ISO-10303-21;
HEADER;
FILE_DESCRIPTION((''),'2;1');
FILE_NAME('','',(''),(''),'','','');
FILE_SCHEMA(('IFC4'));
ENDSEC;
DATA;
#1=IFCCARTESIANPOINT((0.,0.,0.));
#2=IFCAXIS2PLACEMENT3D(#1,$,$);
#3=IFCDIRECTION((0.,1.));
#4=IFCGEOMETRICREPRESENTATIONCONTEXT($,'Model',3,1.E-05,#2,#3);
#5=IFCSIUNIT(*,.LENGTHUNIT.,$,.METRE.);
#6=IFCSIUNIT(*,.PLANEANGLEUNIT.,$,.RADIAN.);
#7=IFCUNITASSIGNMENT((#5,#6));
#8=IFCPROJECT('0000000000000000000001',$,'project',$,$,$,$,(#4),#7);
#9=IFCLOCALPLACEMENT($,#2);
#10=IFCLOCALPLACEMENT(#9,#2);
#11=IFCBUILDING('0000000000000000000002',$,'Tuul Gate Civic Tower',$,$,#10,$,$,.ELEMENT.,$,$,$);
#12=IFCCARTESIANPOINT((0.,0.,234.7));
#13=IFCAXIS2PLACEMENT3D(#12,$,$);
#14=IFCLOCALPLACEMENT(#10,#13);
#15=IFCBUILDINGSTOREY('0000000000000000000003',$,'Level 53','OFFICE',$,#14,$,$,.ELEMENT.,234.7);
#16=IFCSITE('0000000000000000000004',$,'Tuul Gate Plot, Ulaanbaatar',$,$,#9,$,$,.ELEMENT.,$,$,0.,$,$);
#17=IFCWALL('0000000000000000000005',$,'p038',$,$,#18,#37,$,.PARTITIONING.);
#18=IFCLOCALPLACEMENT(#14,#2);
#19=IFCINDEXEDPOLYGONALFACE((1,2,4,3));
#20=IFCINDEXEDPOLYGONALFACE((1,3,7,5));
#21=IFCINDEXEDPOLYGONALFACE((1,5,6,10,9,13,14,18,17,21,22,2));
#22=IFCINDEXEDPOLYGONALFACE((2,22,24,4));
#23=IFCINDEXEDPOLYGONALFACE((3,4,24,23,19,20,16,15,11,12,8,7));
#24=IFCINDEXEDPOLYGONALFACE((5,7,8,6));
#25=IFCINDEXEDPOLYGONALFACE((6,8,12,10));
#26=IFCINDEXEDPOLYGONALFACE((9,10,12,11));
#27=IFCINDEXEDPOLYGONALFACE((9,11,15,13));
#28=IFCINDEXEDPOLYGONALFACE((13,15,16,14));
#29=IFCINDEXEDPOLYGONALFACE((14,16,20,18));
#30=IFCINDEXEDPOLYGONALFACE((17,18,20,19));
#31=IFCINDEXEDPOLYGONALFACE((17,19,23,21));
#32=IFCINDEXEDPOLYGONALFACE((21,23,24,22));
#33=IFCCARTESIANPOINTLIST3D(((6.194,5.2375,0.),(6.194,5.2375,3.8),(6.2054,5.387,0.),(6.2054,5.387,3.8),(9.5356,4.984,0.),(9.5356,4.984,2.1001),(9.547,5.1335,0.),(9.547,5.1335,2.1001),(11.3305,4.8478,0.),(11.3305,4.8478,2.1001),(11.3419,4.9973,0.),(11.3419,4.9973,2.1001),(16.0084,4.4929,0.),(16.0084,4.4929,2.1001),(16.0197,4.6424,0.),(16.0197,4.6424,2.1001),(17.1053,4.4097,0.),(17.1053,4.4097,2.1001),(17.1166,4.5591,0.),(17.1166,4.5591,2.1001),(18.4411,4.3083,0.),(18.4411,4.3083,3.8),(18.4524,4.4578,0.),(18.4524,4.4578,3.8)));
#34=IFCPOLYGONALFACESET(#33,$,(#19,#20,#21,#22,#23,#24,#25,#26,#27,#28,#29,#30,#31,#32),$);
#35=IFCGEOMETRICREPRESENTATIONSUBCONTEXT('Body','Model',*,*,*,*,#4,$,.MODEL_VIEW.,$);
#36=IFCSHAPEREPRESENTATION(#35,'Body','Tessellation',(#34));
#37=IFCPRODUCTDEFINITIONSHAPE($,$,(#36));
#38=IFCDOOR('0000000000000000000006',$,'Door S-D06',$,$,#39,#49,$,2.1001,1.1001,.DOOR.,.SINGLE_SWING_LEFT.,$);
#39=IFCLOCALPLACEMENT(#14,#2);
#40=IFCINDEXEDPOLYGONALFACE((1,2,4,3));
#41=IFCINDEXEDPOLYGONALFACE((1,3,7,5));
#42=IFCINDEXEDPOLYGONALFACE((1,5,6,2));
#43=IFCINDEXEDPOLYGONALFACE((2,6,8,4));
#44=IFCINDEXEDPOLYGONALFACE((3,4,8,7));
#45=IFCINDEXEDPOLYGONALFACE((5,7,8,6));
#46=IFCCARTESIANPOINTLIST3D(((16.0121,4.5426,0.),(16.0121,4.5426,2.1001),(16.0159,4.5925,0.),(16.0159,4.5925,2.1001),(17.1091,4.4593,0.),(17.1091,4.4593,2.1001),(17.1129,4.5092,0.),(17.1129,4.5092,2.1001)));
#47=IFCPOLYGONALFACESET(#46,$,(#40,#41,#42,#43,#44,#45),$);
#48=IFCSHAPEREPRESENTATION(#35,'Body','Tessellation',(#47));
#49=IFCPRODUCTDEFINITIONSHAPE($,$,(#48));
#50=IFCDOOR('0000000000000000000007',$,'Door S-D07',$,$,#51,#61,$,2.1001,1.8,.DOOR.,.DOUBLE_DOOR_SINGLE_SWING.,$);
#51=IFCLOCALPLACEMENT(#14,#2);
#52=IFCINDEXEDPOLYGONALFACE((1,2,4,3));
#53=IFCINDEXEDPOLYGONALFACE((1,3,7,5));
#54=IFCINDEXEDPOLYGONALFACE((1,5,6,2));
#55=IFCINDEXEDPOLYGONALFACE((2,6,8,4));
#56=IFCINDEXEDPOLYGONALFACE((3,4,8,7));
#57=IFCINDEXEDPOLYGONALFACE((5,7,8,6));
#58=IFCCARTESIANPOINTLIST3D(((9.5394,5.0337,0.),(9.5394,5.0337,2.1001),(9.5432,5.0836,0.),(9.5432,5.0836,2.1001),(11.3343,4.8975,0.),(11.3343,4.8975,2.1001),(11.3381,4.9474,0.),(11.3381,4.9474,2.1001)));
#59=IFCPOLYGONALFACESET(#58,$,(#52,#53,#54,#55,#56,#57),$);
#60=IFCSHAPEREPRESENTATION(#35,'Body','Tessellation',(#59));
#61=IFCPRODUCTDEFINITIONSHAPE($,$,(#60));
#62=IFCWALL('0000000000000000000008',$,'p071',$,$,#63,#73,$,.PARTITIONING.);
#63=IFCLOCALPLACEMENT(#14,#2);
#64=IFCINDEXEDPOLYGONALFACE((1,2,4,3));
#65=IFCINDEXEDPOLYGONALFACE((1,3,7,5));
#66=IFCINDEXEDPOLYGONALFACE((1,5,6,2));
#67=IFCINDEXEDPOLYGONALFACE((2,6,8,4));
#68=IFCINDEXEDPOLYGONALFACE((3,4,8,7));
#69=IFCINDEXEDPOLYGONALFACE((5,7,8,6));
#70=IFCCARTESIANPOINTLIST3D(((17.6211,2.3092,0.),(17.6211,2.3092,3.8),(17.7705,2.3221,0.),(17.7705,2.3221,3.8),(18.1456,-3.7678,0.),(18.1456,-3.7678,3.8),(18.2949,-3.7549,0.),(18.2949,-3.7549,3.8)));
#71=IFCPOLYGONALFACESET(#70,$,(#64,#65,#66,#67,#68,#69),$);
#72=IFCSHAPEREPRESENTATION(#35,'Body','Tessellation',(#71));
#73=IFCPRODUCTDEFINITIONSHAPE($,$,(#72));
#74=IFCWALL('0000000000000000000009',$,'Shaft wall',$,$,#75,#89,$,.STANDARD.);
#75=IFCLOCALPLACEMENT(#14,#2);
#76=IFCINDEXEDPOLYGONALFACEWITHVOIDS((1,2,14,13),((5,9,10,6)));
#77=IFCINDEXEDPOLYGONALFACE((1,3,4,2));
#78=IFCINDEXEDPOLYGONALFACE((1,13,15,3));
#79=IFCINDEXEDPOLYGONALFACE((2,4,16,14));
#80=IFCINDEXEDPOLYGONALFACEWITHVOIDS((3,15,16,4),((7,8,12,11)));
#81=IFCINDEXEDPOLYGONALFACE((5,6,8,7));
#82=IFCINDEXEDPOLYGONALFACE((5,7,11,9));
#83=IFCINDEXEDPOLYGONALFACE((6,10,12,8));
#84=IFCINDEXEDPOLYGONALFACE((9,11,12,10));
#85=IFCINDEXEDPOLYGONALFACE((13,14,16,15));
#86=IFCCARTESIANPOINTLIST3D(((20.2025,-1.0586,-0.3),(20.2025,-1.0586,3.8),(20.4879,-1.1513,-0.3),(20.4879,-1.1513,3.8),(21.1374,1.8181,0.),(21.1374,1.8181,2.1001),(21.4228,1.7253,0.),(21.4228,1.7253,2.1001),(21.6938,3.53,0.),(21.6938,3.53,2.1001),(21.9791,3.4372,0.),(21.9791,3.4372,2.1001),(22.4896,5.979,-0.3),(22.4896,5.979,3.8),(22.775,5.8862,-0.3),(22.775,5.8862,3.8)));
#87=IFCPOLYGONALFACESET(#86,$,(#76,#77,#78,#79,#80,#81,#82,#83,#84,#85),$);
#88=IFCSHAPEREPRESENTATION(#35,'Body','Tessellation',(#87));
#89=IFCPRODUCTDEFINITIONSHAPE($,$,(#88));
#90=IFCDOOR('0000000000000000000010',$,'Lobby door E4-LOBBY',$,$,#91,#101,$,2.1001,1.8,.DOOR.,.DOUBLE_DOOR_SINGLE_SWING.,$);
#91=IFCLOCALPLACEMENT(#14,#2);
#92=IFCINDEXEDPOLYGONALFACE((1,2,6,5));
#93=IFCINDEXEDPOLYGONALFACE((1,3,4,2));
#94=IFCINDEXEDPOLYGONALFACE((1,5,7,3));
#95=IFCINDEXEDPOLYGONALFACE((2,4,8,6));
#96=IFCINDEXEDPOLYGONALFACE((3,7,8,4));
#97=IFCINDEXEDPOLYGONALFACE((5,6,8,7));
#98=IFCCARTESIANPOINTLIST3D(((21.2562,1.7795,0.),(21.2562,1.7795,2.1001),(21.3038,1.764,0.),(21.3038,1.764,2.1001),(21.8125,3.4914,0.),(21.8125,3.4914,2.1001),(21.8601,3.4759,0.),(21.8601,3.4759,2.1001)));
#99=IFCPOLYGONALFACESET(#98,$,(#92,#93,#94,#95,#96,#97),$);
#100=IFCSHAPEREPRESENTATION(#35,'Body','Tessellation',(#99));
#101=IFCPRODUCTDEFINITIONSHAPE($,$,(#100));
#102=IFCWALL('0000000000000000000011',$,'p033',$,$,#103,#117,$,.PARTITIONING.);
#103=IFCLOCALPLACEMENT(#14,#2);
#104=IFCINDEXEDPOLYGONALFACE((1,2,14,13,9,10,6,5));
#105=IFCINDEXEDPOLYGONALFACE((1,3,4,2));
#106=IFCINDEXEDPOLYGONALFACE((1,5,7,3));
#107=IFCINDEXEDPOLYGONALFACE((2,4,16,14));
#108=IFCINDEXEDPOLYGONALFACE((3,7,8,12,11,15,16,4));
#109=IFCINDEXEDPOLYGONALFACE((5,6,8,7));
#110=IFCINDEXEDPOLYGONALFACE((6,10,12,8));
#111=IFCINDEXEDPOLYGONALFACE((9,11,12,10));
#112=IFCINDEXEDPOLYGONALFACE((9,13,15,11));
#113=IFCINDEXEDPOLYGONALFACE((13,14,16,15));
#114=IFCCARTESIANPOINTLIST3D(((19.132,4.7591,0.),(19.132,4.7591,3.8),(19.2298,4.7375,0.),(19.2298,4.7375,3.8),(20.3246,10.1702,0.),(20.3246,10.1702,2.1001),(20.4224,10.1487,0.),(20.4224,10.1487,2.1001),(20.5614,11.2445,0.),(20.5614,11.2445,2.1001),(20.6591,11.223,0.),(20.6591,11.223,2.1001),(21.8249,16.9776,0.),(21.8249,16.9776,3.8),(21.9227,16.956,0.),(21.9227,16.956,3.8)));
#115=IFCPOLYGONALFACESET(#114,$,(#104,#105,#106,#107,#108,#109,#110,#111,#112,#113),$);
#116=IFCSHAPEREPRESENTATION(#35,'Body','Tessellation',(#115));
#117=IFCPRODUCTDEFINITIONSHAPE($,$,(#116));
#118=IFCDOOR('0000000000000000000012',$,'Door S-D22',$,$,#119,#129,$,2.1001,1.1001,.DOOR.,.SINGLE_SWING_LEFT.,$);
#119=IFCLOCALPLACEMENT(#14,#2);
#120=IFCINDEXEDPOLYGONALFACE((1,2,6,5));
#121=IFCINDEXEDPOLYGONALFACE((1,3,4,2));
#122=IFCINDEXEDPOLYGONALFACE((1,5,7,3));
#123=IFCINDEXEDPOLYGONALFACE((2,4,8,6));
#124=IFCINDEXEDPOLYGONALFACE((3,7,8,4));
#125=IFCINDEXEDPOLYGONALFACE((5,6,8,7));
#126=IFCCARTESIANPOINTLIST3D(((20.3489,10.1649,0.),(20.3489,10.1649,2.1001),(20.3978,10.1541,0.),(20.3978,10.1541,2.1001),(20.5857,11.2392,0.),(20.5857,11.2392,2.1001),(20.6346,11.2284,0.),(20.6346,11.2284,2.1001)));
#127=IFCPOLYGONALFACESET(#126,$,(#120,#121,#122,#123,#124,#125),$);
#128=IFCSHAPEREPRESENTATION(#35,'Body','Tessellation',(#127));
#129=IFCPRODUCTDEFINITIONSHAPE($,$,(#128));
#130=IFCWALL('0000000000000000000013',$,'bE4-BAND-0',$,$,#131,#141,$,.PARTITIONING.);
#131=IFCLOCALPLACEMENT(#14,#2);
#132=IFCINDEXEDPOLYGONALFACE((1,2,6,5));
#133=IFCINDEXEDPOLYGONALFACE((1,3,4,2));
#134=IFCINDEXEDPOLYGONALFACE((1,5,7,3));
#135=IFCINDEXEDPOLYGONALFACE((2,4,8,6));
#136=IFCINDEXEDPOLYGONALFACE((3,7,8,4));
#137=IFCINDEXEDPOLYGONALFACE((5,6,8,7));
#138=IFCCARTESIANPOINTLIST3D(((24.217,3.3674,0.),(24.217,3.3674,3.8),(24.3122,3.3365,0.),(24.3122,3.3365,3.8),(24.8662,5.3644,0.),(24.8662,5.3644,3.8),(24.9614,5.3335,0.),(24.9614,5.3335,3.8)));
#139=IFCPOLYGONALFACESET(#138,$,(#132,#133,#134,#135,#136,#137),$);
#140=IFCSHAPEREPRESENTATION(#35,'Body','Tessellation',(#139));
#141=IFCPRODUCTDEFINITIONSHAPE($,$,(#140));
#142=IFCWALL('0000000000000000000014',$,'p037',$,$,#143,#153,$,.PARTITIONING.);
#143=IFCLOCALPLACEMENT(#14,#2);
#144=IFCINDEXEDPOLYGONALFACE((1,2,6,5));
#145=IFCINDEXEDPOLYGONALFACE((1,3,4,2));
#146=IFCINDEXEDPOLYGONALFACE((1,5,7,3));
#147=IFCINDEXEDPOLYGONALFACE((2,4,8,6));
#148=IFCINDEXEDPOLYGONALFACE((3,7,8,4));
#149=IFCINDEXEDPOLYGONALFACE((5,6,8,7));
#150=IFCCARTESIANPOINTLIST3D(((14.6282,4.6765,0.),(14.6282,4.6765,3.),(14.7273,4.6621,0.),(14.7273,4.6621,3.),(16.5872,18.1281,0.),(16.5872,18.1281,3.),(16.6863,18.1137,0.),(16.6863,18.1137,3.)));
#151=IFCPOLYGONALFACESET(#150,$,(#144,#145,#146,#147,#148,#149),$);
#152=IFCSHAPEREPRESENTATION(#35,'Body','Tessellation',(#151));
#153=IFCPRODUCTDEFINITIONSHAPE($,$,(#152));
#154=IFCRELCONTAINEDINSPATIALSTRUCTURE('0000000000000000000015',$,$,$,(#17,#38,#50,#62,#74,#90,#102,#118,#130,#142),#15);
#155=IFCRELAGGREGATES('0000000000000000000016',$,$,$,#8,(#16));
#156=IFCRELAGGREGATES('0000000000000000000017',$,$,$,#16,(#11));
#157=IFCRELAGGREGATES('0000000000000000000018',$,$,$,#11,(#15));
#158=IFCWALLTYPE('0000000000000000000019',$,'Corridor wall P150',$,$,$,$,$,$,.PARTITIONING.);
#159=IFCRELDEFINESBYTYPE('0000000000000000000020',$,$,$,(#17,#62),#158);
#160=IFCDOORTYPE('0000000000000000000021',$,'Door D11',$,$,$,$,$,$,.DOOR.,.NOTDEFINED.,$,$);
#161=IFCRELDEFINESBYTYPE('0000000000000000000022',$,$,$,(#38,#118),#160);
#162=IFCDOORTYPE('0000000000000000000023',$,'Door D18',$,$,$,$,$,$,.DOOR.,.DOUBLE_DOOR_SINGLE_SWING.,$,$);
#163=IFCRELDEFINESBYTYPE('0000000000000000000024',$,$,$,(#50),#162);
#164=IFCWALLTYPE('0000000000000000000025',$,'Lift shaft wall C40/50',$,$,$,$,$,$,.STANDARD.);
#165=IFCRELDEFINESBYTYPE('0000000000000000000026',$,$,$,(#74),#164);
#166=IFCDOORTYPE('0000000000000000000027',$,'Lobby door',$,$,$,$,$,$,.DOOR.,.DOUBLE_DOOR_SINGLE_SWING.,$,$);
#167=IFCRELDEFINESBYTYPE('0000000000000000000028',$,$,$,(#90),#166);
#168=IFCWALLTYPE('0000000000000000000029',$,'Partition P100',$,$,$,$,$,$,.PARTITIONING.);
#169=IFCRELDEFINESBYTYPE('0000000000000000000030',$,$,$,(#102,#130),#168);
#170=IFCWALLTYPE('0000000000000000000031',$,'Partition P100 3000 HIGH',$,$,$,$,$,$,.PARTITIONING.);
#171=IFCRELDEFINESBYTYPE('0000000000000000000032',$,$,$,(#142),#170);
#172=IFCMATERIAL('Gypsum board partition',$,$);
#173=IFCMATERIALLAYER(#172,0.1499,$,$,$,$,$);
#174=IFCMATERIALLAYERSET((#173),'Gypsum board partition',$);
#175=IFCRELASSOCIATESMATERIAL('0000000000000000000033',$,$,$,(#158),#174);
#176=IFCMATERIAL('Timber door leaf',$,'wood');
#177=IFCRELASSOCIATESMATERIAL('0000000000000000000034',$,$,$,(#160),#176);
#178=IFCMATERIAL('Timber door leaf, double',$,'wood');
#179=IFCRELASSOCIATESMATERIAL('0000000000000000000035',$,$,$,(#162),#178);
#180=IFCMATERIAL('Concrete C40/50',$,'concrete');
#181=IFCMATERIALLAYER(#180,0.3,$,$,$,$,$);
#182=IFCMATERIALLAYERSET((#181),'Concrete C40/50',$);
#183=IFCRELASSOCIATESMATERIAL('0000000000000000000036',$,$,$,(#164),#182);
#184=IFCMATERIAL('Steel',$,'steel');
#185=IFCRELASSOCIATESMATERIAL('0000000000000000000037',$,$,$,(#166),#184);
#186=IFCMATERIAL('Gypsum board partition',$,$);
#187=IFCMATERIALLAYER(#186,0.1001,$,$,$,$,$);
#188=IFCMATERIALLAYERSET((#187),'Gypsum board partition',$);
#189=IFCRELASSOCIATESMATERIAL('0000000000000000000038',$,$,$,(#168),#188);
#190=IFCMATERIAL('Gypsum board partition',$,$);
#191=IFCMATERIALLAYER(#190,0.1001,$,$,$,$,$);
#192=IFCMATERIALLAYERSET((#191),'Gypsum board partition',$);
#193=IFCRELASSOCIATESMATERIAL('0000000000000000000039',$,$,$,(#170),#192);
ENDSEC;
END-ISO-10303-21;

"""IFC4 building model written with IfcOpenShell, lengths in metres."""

from ifc_helpers import new_model, si_unit, direction, frame, frame_2d, origin, place, context, subcontext, project, spatial, rectangle, extrude, material, layer, layer_set, type_object, element, fill, save


model = new_model("IFC4")

# Units and contexts
model_context = context("Model", 3, precision=1e-05, world=origin(), true_north=direction((0.0, 1.0)))
body_context = subcontext(model_context, "Body", "Model", "MODEL_VIEW")
ifc_project = project(units=[si_unit("LENGTHUNIT", "METRE"), si_unit("PLANEANGLEUNIT", "RADIAN")], contexts=[model_context])

# Site, building, storey
site_placement = place(None, origin())
site = spatial("IfcSite", under=ifc_project, at=site_placement, Name="Tuul Gate Plot, Ulaanbaatar", CompositionType="ELEMENT", RefElevation=0.0)
building_placement = place(site_placement, origin())
building = spatial("IfcBuilding", under=site, at=building_placement, Name="Tuul Gate Civic Tower", CompositionType="ELEMENT")
storey_placement = place(building_placement, frame((0.0, 0.0, 234.7)))
storey = spatial("IfcBuildingStorey", under=building, at=storey_placement, Name="Level 53", Description="OFFICE", CompositionType="ELEMENT", Elevation=234.7)

# Shared definitions
ifc_material_1 = material(Name="Gypsum board partition")
ifc_layer_1 = layer(ifc_material_1, 0.1499)
ifc_layer_set_1 = layer_set([ifc_layer_1], Name="Gypsum board partition")
wall_type_1 = type_object("IfcWallType", Name="Corridor wall P150", PredefinedType="PARTITIONING", material=ifc_layer_set_1)
ifc_material_2 = material(Name="Timber door leaf", Category="wood")
door_type_1 = type_object("IfcDoorType", Name="Door D11", OperationType="NOTDEFINED", PredefinedType="DOOR", material=ifc_material_2)

# Wall, openings, doors
wall_1_placement = place(storey_placement, frame((6.1997, 5.3123, 0.0), z_axis=(0.0, 0.0, 1.0), x_axis=(0.997134, -0.075654, 0.0)))
wall_1 = element("IfcWall", 1, at=wall_1_placement, inside=storey, type_object=wall_type_1, Name="p038", PredefinedType="PARTITIONING", context=body_context, shape_type="SweptSolid", body=[
    extrude(rectangle(XDim=12.2822, YDim=0.1499, at=frame_2d((6.1411, 0.0))), origin(), (0.0, 0.0, 1.0), 3.8),
])
opening_1_placement = place(wall_1_placement, frame((9.8425, 0.0, 0.0)))
opening_1 = element("IfcOpeningElement", 2, at=opening_1_placement, cuts=wall_1, PredefinedType="OPENING", context=body_context, shape_type="SweptSolid", body=[
    extrude(rectangle(XDim=1.1001, YDim=2.1001, at=frame_2d((0.55, 1.05))), frame((0.0, 0.085, 0.0), z_axis=(0.0, -1.0, 0.0), x_axis=(1.0, 0.0, 0.0)), (0.0, 0.0, 1.0), 0.1699),
])
opening_2_placement = place(wall_1_placement, frame((3.3513, 0.0, 0.0)))
opening_2 = element("IfcOpeningElement", 3, at=opening_2_placement, cuts=wall_1, PredefinedType="OPENING", context=body_context, shape_type="SweptSolid", body=[
    extrude(rectangle(XDim=1.8, YDim=2.1001, at=frame_2d((0.8999, 1.05))), frame((0.0, 0.085, 0.0), z_axis=(0.0, -1.0, 0.0), x_axis=(1.0, 0.0, 0.0)), (0.0, 0.0, 1.0), 0.1699),
])
door_1_placement = place(opening_1_placement, origin())
door_1 = element("IfcDoor", 4, at=door_1_placement, inside=storey, type_object=door_type_1, Name="Door S-D06", OperationType="SINGLE_SWING_LEFT", OverallHeight=2.1001, OverallWidth=1.1001, PredefinedType="DOOR", context=body_context, shape_type="SweptSolid", body=[
    extrude(rectangle(XDim=1.1001, YDim=2.1001, at=frame_2d((0.55, 1.05))), frame((0.0, 0.0249, 0.0), z_axis=(0.0, -1.0, 0.0), x_axis=(1.0, 0.0, 0.0)), (0.0, 0.0, 1.0), 0.05),
])
fill(opening_1, door_1)
ifc_material_3 = material(Name="Timber door leaf, double", Category="wood")
door_type_2 = type_object("IfcDoorType", Name="Door D18", OperationType="DOUBLE_DOOR_SINGLE_SWING", PredefinedType="DOOR", material=ifc_material_3)
door_2_placement = place(opening_2_placement, origin())
door_2 = element("IfcDoor", 5, at=door_2_placement, inside=storey, type_object=door_type_2, Name="Door S-D07", OperationType="DOUBLE_DOOR_SINGLE_SWING", OverallHeight=2.1001, OverallWidth=1.8, PredefinedType="DOOR", context=body_context, shape_type="SweptSolid", body=[
    extrude(rectangle(XDim=1.8, YDim=2.1001, at=frame_2d((0.8999, 1.05))), frame((0.0, 0.0249, 0.0), z_axis=(0.0, -1.0, 0.0), x_axis=(1.0, 0.0, 0.0)), (0.0, 0.0, 1.0), 0.05),
])
fill(opening_2, door_2)

# Wall
wall_2_placement = place(storey_placement, frame((17.6958, 2.3157, 0.0), z_axis=(0.0, 0.0, 1.0), x_axis=(0.085977, -0.996297, 0.0)))
element("IfcWall", 6, at=wall_2_placement, inside=storey, type_object=wall_type_1, Name="p071", PredefinedType="PARTITIONING", context=body_context, shape_type="SweptSolid", body=[
    extrude(rectangle(XDim=6.0996, YDim=0.1499, at=frame_2d((3.0498, 0.0))), origin(), (0.0, 0.0, 1.0), 3.8),
])

# Walls, openings, doors
ifc_material_4 = material(Name="Concrete C40/50", Category="concrete")
ifc_layer_2 = layer(ifc_material_4, 0.3)
ifc_layer_set_2 = layer_set([ifc_layer_2], Name="Concrete C40/50")
wall_type_2 = type_object("IfcWallType", Name="Lift shaft wall C40/50", PredefinedType="STANDARD", material=ifc_layer_set_2)
wall_3_placement = place(storey_placement, frame((20.3452, -1.105, -0.3), z_axis=(0.0, 0.0, 1.0), x_axis=(0.309073, 0.951038, 0.0)))
wall_3 = element("IfcWall", 7, at=wall_3_placement, inside=storey, type_object=wall_type_2, Name="Shaft wall", PredefinedType="STANDARD", context=body_context, shape_type="SweptSolid", body=[
    extrude(rectangle(XDim=7.3999, YDim=0.3, at=frame_2d((3.7, 0.0))), origin(), (0.0, 0.0, 1.0), 4.1001),
])
opening_3_placement = place(wall_3_placement, frame((3.0249, 0.0, 0.3)))
opening_3 = element("IfcOpeningElement", 8, at=opening_3_placement, cuts=wall_3, PredefinedType="OPENING", context=body_context, shape_type="SweptSolid", body=[
    extrude(rectangle(XDim=1.8, YDim=2.1001, at=frame_2d((0.8999, 1.05))), frame((0.0, 0.1602, 0.0), z_axis=(0.0, -1.0, 0.0), x_axis=(1.0, 0.0, 0.0)), (0.0, 0.0, 1.0), 0.3201),
])
ifc_material_5 = material(Name="Steel", Category="steel")
door_type_3 = type_object("IfcDoorType", Name="Lobby door", OperationType="DOUBLE_DOOR_SINGLE_SWING", PredefinedType="DOOR", material=ifc_material_5)
door_3_placement = place(opening_3_placement, frame((1.8, 0.0, 0.0), z_axis=(0.0, 0.0, 1.0), x_axis=(-1.0, 0.0, 0.0)))
door_3 = element("IfcDoor", 9, at=door_3_placement, inside=storey, type_object=door_type_3, Name="Lobby door E4-LOBBY", OperationType="DOUBLE_DOOR_SINGLE_SWING", OverallHeight=2.1001, OverallWidth=1.8, PredefinedType="DOOR", context=body_context, shape_type="SweptSolid", body=[
    extrude(rectangle(XDim=1.8, YDim=2.1001, at=frame_2d((0.9001, 1.05))), frame((0.0, 0.0249, 0.0), z_axis=(0.0, -1.0, 0.0), x_axis=(1.0, 0.0, 0.0)), (0.0, 0.0, 1.0), 0.05),
])
fill(opening_3, door_3)
ifc_material_6 = material(Name="Gypsum board partition")
ifc_layer_3 = layer(ifc_material_6, 0.1001)
ifc_layer_set_3 = layer_set([ifc_layer_3], Name="Gypsum board partition")
wall_type_3 = type_object("IfcWallType", Name="Partition P100", PredefinedType="PARTITIONING", material=ifc_layer_set_3)
wall_4_placement = place(storey_placement, frame((19.1809, 4.7483, 0.0), z_axis=(0.0, 0.0, 1.0), x_axis=(0.215228, 0.976564, 0.0)))
wall_4 = element("IfcWall", 10, at=wall_4_placement, inside=storey, type_object=wall_type_3, Name="p033", PredefinedType="PARTITIONING", context=body_context, shape_type="SweptSolid", body=[
    extrude(rectangle(XDim=12.5117, YDim=0.1001, at=frame_2d((6.2559, 0.0))), origin(), (0.0, 0.0, 1.0), 3.8),
])
opening_4_placement = place(wall_4_placement, frame((5.541, 0.0, 0.0)))
opening_4 = element("IfcOpeningElement", 11, at=opening_4_placement, cuts=wall_4, PredefinedType="OPENING", context=body_context, shape_type="SweptSolid", body=[
    extrude(rectangle(XDim=1.1001, YDim=2.1001, at=frame_2d((0.55, 1.05))), frame((0.0, 0.0601, 0.0), z_axis=(0.0, -1.0, 0.0), x_axis=(1.0, 0.0, 0.0)), (0.0, 0.0, 1.0), 0.1201),
])
door_4_placement = place(opening_4_placement, frame((1.1001, 0.0, 0.0), z_axis=(0.0, 0.0, 1.0), x_axis=(-1.0, 0.0, 0.0)))
door_4 = element("IfcDoor", 12, at=door_4_placement, inside=storey, type_object=door_type_1, Name="Door S-D22", OperationType="SINGLE_SWING_LEFT", OverallHeight=2.1001, OverallWidth=1.1001, PredefinedType="DOOR", context=body_context, shape_type="SweptSolid", body=[
    extrude(rectangle(XDim=1.1001, YDim=2.1001, at=frame_2d((0.55, 1.05))), frame((0.0, 0.0249, 0.0), z_axis=(0.0, -1.0, 0.0), x_axis=(1.0, 0.0, 0.0)), (0.0, 0.0, 1.0), 0.05),
])
fill(opening_4, door_4)

# Walls
wall_5_placement = place(storey_placement, frame((24.2646, 3.3521, 0.0), z_axis=(0.0, 0.0, 1.0), x_axis=(0.309139, 0.951017, 0.0)))
element("IfcWall", 13, at=wall_5_placement, inside=storey, type_object=wall_type_3, Name="bE4-BAND-0", PredefinedType="PARTITIONING", context=body_context, shape_type="SweptSolid", body=[
    extrude(rectangle(XDim=2.0999, YDim=0.1001, at=frame_2d((1.0498, 0.0))), origin(), (0.0, 0.0, 1.0), 3.8),
])
ifc_material_7 = material(Name="Gypsum board partition")
ifc_layer_4 = layer(ifc_material_7, 0.1001)
ifc_layer_set_4 = layer_set([ifc_layer_4], Name="Gypsum board partition")
wall_type_4 = type_object("IfcWallType", Name="Partition P100 3000 HIGH", PredefinedType="PARTITIONING", material=ifc_layer_set_4)
wall_6_placement = place(storey_placement, frame((14.6777, 4.6692, 0.0), z_axis=(0.0, 0.0, 1.0), x_axis=(0.144111, 0.989561, 0.0)))
element("IfcWall", 14, at=wall_6_placement, inside=storey, type_object=wall_type_4, Name="p037", PredefinedType="PARTITIONING", context=body_context, shape_type="SweptSolid", body=[
    extrude(rectangle(XDim=13.5935, YDim=0.1001, at=frame_2d((6.7969, 0.0))), origin(), (0.0, 0.0, 1.0), 3.0),
])

save(model, "model.ifc")
